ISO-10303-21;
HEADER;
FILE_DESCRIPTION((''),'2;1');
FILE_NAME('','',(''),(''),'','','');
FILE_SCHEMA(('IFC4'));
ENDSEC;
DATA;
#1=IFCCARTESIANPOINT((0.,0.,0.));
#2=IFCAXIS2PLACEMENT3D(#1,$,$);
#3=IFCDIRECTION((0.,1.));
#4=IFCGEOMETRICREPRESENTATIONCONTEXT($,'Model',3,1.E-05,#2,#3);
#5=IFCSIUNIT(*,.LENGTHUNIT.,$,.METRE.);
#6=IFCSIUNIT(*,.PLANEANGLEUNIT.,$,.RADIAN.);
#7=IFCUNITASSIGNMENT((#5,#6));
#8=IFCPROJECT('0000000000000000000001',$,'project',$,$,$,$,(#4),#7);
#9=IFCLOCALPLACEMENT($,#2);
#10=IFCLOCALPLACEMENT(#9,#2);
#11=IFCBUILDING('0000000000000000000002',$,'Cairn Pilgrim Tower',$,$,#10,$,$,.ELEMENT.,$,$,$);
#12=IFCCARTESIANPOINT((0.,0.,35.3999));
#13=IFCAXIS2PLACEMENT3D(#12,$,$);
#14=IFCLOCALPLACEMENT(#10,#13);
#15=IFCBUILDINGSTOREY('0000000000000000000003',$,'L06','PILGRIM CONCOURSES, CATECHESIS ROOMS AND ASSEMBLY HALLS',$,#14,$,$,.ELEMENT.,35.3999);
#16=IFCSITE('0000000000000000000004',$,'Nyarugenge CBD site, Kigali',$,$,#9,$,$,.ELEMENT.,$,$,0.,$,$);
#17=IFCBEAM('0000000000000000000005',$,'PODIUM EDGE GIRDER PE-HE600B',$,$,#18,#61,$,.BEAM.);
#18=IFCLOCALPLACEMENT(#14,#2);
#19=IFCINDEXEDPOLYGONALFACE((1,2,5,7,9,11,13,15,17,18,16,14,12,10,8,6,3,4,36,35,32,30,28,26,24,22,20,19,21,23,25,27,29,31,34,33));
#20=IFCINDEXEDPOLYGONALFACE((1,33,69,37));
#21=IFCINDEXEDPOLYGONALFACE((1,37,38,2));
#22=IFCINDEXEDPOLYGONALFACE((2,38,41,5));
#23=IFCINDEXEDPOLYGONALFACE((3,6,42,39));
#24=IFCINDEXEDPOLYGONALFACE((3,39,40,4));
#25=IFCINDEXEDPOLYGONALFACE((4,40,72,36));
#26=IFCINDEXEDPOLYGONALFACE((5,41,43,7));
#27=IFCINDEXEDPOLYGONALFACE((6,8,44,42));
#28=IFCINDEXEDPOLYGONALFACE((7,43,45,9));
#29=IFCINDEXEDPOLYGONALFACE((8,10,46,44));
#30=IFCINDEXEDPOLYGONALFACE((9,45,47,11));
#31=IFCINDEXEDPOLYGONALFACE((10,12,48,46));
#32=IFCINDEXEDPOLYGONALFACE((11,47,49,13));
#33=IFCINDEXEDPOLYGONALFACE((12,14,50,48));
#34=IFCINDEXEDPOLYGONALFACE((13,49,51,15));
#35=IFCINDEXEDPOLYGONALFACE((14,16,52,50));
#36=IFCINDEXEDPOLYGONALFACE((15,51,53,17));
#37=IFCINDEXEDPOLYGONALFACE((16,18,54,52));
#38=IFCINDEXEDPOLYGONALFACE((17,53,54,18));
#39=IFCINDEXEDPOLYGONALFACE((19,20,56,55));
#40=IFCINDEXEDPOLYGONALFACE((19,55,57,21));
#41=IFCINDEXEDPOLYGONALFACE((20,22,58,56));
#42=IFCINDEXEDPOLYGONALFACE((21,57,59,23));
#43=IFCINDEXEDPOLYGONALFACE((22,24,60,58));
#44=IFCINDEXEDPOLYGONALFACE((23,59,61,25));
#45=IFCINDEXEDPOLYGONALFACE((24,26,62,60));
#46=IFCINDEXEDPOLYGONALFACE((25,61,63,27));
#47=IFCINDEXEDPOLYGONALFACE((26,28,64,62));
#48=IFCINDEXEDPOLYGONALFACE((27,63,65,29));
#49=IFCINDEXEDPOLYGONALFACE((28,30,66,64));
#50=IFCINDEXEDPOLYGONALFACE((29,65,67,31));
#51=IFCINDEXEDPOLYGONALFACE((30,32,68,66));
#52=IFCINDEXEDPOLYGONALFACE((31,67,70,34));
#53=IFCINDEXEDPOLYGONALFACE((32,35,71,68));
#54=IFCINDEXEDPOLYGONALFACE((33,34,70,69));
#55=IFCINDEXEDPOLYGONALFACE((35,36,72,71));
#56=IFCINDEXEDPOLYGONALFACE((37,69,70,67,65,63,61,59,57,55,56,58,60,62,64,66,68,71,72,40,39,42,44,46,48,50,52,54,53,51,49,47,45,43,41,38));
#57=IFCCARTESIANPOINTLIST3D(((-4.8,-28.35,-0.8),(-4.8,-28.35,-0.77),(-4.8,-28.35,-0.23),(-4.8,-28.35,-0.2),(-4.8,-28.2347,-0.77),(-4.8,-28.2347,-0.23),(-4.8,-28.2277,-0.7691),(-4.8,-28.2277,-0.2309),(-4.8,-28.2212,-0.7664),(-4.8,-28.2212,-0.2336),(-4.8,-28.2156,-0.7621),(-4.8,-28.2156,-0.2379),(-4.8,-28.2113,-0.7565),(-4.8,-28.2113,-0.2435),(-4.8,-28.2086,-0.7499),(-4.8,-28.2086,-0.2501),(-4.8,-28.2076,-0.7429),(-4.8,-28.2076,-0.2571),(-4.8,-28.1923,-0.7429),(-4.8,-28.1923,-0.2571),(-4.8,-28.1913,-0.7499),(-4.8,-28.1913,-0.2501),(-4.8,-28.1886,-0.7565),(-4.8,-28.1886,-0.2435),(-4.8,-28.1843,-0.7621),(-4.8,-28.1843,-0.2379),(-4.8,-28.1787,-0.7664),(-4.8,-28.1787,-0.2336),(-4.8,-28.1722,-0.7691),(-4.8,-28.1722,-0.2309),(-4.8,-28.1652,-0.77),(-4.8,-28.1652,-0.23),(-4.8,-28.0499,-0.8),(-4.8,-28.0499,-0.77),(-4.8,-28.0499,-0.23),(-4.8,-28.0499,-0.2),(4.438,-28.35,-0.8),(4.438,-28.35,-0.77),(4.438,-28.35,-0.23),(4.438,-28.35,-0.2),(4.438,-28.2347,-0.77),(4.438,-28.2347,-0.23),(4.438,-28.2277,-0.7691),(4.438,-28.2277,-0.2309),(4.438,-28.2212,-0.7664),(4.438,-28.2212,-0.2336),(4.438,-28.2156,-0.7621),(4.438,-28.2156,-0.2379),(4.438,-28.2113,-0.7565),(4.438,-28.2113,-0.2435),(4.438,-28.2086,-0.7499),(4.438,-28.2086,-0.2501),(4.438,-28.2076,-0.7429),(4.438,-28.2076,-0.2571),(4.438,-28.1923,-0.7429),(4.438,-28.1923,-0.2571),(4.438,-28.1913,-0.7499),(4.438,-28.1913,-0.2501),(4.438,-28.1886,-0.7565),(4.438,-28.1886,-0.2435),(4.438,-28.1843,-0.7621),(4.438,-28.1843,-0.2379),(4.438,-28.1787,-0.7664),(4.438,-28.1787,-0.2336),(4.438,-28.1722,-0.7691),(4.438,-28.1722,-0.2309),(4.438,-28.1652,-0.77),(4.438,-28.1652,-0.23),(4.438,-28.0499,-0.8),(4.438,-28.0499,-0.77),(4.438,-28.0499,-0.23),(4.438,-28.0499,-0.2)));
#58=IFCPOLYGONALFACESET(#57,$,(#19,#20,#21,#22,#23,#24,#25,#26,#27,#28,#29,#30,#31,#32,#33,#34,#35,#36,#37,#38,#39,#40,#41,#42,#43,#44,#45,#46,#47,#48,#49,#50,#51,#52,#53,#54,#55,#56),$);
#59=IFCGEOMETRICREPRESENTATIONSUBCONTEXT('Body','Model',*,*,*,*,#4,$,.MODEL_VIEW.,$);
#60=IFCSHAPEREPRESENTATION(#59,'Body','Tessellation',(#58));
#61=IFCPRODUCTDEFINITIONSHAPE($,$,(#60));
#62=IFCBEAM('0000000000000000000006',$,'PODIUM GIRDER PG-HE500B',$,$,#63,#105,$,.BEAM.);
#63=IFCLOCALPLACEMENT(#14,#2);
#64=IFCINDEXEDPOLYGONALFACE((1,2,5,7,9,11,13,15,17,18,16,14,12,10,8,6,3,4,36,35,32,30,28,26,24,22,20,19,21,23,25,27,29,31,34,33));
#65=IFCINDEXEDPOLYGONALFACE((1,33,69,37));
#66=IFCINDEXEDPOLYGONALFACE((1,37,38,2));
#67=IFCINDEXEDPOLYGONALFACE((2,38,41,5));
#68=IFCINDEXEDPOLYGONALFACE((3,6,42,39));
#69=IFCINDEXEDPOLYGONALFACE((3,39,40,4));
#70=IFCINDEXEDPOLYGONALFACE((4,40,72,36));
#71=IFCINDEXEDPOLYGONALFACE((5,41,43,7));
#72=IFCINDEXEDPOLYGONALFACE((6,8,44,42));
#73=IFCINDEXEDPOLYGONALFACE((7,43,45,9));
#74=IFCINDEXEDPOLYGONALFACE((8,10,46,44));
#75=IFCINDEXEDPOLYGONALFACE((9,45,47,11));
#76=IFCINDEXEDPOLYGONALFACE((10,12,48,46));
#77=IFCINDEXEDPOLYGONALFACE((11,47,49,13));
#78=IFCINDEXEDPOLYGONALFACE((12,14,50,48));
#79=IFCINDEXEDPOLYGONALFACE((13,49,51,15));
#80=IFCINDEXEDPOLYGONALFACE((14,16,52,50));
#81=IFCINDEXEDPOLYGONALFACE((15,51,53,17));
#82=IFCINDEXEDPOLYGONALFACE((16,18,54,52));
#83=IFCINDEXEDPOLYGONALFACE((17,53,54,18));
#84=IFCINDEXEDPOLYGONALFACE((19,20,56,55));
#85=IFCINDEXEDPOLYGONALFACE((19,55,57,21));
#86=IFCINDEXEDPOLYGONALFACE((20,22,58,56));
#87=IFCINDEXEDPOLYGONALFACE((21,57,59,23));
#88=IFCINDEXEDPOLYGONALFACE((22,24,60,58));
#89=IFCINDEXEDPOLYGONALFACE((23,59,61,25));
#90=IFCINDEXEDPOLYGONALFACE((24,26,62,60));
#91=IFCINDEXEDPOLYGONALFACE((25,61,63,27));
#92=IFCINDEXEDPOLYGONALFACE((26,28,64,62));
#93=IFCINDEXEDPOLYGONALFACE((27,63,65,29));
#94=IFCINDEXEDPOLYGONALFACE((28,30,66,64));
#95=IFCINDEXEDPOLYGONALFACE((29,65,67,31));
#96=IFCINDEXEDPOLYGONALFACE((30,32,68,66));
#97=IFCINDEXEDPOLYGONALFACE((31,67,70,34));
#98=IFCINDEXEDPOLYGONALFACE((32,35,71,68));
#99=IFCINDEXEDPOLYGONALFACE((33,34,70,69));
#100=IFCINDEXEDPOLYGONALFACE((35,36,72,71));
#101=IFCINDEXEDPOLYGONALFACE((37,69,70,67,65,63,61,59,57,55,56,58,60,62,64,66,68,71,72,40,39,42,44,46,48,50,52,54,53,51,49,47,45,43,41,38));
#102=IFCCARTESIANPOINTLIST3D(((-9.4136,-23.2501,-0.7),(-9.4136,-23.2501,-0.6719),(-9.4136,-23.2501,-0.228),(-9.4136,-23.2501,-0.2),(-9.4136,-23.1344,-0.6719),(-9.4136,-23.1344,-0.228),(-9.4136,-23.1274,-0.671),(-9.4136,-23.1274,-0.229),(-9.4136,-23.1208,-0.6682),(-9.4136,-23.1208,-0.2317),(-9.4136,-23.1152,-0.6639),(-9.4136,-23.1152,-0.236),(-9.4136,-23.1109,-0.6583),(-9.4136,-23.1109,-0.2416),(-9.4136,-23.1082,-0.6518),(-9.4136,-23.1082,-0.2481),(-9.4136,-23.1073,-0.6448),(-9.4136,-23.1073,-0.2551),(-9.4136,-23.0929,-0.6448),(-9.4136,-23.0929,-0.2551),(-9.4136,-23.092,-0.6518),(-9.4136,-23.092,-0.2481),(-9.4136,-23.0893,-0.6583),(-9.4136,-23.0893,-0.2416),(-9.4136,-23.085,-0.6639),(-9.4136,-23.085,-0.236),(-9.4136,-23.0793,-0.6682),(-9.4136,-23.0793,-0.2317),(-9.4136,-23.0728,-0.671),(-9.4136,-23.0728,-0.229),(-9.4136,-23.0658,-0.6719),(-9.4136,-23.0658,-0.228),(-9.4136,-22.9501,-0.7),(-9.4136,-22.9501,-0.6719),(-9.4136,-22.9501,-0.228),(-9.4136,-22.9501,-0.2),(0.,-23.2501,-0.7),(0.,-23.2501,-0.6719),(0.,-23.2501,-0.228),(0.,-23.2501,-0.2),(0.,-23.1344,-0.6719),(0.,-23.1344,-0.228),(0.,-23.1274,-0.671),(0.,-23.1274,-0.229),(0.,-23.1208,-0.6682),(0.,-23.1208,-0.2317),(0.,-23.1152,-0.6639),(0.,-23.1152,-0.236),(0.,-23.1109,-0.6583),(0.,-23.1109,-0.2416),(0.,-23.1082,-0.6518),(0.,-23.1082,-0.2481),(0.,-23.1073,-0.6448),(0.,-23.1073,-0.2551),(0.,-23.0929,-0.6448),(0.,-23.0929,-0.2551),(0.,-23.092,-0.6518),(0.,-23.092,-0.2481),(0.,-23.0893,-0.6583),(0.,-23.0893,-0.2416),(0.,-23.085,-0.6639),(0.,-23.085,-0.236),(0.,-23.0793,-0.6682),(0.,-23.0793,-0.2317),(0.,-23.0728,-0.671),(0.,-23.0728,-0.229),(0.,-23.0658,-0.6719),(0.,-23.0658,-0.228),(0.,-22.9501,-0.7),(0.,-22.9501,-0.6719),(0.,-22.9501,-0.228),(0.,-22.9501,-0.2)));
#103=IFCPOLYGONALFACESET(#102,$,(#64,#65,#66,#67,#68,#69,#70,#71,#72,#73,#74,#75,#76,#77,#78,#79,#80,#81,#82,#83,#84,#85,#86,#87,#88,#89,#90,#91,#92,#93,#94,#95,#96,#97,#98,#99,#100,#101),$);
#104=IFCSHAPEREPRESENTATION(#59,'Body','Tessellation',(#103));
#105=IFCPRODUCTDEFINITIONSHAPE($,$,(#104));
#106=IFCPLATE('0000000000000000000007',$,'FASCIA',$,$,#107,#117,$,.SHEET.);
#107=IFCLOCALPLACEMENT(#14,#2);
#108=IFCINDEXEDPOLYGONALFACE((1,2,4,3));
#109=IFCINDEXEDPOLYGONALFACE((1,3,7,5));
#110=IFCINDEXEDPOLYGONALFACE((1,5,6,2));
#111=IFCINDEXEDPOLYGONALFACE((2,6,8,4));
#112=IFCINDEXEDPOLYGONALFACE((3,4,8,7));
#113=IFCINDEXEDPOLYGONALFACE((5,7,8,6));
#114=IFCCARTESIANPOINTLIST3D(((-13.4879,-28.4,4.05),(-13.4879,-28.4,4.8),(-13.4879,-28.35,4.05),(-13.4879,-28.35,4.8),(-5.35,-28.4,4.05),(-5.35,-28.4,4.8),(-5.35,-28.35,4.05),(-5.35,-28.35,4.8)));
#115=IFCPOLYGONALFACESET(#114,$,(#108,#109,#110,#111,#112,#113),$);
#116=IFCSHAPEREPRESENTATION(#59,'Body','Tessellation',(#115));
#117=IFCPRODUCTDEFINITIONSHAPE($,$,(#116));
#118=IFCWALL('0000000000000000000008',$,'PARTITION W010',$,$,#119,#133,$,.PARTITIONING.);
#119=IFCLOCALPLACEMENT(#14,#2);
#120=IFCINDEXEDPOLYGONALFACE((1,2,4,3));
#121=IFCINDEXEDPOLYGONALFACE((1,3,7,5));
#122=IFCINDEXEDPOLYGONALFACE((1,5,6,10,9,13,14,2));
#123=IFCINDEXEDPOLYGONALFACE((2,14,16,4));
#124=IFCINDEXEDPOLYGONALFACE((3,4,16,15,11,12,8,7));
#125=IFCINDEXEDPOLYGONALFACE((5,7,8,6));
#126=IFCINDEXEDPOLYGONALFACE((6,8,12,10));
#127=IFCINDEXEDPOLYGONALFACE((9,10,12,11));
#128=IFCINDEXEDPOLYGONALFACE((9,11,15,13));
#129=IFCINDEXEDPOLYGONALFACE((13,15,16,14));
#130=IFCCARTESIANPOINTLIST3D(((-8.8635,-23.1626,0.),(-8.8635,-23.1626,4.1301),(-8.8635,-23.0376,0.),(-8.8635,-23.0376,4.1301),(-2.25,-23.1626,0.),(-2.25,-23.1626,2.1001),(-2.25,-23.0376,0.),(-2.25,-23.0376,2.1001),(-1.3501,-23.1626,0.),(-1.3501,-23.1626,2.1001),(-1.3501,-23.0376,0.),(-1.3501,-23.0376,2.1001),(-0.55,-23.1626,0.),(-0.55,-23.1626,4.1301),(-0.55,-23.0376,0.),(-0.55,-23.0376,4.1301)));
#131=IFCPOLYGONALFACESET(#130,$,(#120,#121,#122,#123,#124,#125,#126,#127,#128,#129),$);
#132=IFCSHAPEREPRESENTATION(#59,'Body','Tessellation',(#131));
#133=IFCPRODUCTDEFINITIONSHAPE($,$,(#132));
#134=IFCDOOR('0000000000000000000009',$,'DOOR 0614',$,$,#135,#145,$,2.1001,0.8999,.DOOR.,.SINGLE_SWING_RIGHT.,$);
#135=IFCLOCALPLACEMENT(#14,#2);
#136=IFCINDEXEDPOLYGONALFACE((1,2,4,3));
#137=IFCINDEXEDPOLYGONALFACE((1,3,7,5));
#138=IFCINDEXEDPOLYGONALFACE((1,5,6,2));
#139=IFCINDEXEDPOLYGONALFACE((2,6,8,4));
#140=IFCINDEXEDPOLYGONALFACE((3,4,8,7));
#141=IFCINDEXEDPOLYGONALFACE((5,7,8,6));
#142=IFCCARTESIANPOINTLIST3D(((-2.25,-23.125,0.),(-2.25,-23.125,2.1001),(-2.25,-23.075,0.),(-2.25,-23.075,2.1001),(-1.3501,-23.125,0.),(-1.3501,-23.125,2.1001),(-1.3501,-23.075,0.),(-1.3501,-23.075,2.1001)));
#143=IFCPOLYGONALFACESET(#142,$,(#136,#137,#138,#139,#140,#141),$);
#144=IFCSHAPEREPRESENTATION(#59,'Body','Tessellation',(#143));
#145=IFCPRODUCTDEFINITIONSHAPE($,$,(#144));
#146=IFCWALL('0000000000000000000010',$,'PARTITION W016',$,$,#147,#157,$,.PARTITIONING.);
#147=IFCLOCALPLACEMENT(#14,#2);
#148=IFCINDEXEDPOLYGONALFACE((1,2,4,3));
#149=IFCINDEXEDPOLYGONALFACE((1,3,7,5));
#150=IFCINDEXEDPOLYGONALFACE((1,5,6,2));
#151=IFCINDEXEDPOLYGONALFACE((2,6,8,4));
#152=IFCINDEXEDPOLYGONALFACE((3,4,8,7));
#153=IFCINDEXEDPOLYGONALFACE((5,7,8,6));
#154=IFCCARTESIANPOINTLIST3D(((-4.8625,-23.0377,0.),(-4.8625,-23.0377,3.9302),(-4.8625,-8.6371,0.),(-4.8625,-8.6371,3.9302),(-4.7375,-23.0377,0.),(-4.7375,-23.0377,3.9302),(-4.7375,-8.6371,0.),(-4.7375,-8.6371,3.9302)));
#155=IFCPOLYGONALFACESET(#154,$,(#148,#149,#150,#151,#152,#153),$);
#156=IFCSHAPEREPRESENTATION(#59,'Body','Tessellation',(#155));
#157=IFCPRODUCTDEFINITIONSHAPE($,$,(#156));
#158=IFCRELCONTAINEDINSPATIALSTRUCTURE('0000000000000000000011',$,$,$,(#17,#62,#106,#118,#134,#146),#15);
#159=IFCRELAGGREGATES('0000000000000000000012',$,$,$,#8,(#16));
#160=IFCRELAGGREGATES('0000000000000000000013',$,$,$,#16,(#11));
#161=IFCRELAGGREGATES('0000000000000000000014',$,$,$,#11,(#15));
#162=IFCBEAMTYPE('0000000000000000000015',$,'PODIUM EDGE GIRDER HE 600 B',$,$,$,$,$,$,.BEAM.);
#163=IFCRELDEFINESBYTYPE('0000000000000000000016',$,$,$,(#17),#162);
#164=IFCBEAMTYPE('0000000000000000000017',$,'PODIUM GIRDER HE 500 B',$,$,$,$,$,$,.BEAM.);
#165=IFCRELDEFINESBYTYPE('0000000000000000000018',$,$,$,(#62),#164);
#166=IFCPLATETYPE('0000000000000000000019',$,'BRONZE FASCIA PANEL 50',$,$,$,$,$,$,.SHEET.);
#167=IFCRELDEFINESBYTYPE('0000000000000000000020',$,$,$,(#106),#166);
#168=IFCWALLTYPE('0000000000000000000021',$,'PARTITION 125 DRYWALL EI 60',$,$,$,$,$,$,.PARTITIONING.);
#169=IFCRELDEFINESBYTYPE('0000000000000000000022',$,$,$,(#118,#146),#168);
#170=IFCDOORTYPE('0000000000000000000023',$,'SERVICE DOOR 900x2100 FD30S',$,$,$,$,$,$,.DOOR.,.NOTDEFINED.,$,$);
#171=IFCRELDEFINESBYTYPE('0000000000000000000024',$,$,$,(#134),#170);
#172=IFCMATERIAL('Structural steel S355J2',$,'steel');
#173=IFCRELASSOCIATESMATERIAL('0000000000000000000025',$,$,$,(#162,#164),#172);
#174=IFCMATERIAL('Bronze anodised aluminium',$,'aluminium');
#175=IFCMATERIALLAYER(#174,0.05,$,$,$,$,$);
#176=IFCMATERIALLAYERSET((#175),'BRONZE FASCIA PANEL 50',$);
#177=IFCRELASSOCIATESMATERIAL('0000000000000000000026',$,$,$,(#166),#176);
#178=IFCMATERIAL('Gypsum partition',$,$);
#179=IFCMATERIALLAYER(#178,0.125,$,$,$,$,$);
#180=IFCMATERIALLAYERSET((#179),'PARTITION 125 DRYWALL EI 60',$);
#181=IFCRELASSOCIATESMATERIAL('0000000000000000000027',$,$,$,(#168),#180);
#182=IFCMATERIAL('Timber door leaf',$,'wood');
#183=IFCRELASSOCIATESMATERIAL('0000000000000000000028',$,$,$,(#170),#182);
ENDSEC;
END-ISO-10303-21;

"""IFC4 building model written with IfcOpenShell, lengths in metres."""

from ifc_helpers import new_model, si_unit, direction, frame, frame_2d, origin, origin_2d, place, context, subcontext, project, spatial, rectangle, i_section, extrude, material, layer, layer_set, material_profile, profile_set, type_object, element, fill, save


model = new_model("IFC4")

# Units and contexts
model_context = context("Model", 3, precision=1e-05, world=origin(), true_north=direction((0.0, 1.0)))
body_context = subcontext(model_context, "Body", "Model", "MODEL_VIEW")
ifc_project = project(units=[si_unit("LENGTHUNIT", "METRE"), si_unit("PLANEANGLEUNIT", "RADIAN")], contexts=[model_context])

# Site, building, storey
site_placement = place(None, origin())
site = spatial("IfcSite", under=ifc_project, at=site_placement, Name="Nyarugenge CBD site, Kigali", CompositionType="ELEMENT", RefElevation=0.0)
building_placement = place(site_placement, origin())
building = spatial("IfcBuilding", under=site, at=building_placement, Name="Cairn Pilgrim Tower", CompositionType="ELEMENT")
storey_placement = place(building_placement, frame((0.0, 0.0, 35.3999)))
storey = spatial("IfcBuildingStorey", under=building, at=storey_placement, Name="L06", Description="PILGRIM CONCOURSES, CATECHESIS ROOMS AND ASSEMBLY HALLS", CompositionType="ELEMENT", Elevation=35.3999)

# Beams
ifc_material_1 = material(Name="Structural steel S355J2", Category="steel")
ifc_material_profile_1 = material_profile(ifc_material_1, i_section(OverallWidth=0.3, OverallDepth=0.6001, WebThickness=0.0154, FlangeThickness=0.03, FilletRadius=0.0271, at=origin_2d()), Name="HEB 600")
ifc_profile_set_1 = profile_set([ifc_material_profile_1], Name="Structural steel S355J2")
beam_type_1 = type_object("IfcBeamType", Name="PODIUM EDGE GIRDER HE 600 B", PredefinedType="BEAM", material=ifc_profile_set_1)
beam_1_placement = place(storey_placement, frame((-4.8, -28.2, -0.5), z_axis=(1.0, 0.0, 0.0), x_axis=(0.0, 1.0, 0.0)))
element("IfcBeam", 1, at=beam_1_placement, inside=storey, type_object=beam_type_1, Name="PODIUM EDGE GIRDER PE-HE600B", PredefinedType="BEAM", context=body_context, shape_type="SweptSolid", body=[
    extrude(i_section(OverallWidth=0.3, OverallDepth=0.6001, WebThickness=0.0154, FlangeThickness=0.03, FilletRadius=0.0271, at=origin_2d()), origin(), (0.0, 0.0, 1.0), 9.238),
])
ifc_material_profile_2 = material_profile(ifc_material_1, i_section(OverallWidth=0.3, OverallDepth=0.5, WebThickness=0.0144, FlangeThickness=0.0281, FilletRadius=0.0271, at=origin_2d()), Name="HEB 500")
ifc_profile_set_2 = profile_set([ifc_material_profile_2], Name="Structural steel S355J2")
beam_type_2 = type_object("IfcBeamType", Name="PODIUM GIRDER HE 500 B", PredefinedType="BEAM", material=ifc_profile_set_2)
beam_2_placement = place(storey_placement, frame((-9.4136, -23.1001, -0.45), z_axis=(1.0, 0.0, 0.0), x_axis=(0.0, 1.0, 0.0)))
element("IfcBeam", 2, at=beam_2_placement, inside=storey, type_object=beam_type_2, Name="PODIUM GIRDER PG-HE500B", PredefinedType="BEAM", context=body_context, shape_type="SweptSolid", body=[
    extrude(i_section(OverallWidth=0.3, OverallDepth=0.5, WebThickness=0.0144, FlangeThickness=0.0281, FilletRadius=0.0271, at=origin_2d()), origin(), (0.0, 0.0, 1.0), 9.4136),
])

# Plate
ifc_material_2 = material(Name="Bronze anodised aluminium", Category="aluminium")
ifc_layer_1 = layer(ifc_material_2, 0.05)
ifc_layer_set_1 = layer_set([ifc_layer_1], Name="BRONZE FASCIA PANEL 50")
plate_type = type_object("IfcPlateType", Name="BRONZE FASCIA PANEL 50", PredefinedType="SHEET", material=ifc_layer_set_1)
plate_placement = place(storey_placement, frame((-9.4189, -28.375, 4.05), z_axis=(0.0, 0.0, 1.0), x_axis=(1.0, 0.0, 0.0)))
element("IfcPlate", 3, at=plate_placement, inside=storey, type_object=plate_type, Name="FASCIA", PredefinedType="SHEET", context=body_context, shape_type="SweptSolid", body=[
    extrude(rectangle(XDim=8.1379, YDim=0.05, at=origin_2d()), origin(), (0.0, 0.0, 1.0), 0.75),
])

# Wall, opening, door
ifc_material_3 = material(Name="Gypsum partition")
ifc_layer_2 = layer(ifc_material_3, 0.125)
ifc_layer_set_2 = layer_set([ifc_layer_2], Name="PARTITION 125 DRYWALL EI 60")
wall_type_1 = type_object("IfcWallType", Name="PARTITION 125 DRYWALL EI 60", PredefinedType="PARTITIONING", material=ifc_layer_set_2)
wall_1_placement = place(storey_placement, frame((-8.8635, -23.1001, 0.0), z_axis=(0.0, 0.0, 1.0), x_axis=(1.0, 0.0, 0.0)))
wall_1 = element("IfcWall", 4, at=wall_1_placement, inside=storey, type_object=wall_type_1, Name="PARTITION W010", PredefinedType="PARTITIONING", context=body_context, shape_type="SweptSolid", body=[
    extrude(rectangle(XDim=8.3135, YDim=0.125, at=frame_2d((4.1567, 0.0))), origin(), (0.0, 0.0, 1.0), 4.1301),
])
opening_1_placement = place(wall_1_placement, frame((6.6135, 0.0, 0.0)))
opening_1 = element("IfcOpeningElement", 5, at=opening_1_placement, cuts=wall_1, PredefinedType="OPENING", context=body_context, shape_type="SweptSolid", body=[
    extrude(rectangle(XDim=0.8999, YDim=2.1001, at=frame_2d((0.45, 1.05))), frame((0.0, 0.0725, 0.0), z_axis=(0.0, -1.0, 0.0), x_axis=(1.0, 0.0, 0.0)), (0.0, 0.0, 1.0), 0.145),
])
ifc_material_4 = material(Name="Timber door leaf", Category="wood")
door_type = type_object("IfcDoorType", Name="SERVICE DOOR 900x2100 FD30S", OperationType="NOTDEFINED", PredefinedType="DOOR", material=ifc_material_4)
door_placement = place(opening_1_placement, frame((0.8999, 0.0, 0.0), z_axis=(0.0, 0.0, 1.0), x_axis=(-1.0, 0.0, 0.0)))
door = element("IfcDoor", 6, at=door_placement, inside=storey, type_object=door_type, Name="DOOR 0614", OperationType="SINGLE_SWING_RIGHT", OverallHeight=2.1001, OverallWidth=0.8999, PredefinedType="DOOR", context=body_context, shape_type="SweptSolid", body=[
    extrude(rectangle(XDim=0.8999, YDim=2.1001, at=frame_2d((0.45, 1.05))), frame((0.0, 0.0249, 0.0), z_axis=(0.0, -1.0, 0.0), x_axis=(1.0, 0.0, 0.0)), (0.0, 0.0, 1.0), 0.05),
])
fill(opening_1, door)

# Wall
wall_2_placement = place(storey_placement, frame((-4.8, -23.0376, 0.0), z_axis=(0.0, 0.0, 1.0), x_axis=(0.0, 1.0, 0.0)))
element("IfcWall", 7, at=wall_2_placement, inside=storey, type_object=wall_type_1, Name="PARTITION W016", PredefinedType="PARTITIONING", context=body_context, shape_type="SweptSolid", body=[
    extrude(rectangle(XDim=14.4006, YDim=0.125, at=frame_2d((7.2002, 0.0))), origin(), (0.0, 0.0, 1.0), 3.9302),
])

save(model, "model.ifc")
